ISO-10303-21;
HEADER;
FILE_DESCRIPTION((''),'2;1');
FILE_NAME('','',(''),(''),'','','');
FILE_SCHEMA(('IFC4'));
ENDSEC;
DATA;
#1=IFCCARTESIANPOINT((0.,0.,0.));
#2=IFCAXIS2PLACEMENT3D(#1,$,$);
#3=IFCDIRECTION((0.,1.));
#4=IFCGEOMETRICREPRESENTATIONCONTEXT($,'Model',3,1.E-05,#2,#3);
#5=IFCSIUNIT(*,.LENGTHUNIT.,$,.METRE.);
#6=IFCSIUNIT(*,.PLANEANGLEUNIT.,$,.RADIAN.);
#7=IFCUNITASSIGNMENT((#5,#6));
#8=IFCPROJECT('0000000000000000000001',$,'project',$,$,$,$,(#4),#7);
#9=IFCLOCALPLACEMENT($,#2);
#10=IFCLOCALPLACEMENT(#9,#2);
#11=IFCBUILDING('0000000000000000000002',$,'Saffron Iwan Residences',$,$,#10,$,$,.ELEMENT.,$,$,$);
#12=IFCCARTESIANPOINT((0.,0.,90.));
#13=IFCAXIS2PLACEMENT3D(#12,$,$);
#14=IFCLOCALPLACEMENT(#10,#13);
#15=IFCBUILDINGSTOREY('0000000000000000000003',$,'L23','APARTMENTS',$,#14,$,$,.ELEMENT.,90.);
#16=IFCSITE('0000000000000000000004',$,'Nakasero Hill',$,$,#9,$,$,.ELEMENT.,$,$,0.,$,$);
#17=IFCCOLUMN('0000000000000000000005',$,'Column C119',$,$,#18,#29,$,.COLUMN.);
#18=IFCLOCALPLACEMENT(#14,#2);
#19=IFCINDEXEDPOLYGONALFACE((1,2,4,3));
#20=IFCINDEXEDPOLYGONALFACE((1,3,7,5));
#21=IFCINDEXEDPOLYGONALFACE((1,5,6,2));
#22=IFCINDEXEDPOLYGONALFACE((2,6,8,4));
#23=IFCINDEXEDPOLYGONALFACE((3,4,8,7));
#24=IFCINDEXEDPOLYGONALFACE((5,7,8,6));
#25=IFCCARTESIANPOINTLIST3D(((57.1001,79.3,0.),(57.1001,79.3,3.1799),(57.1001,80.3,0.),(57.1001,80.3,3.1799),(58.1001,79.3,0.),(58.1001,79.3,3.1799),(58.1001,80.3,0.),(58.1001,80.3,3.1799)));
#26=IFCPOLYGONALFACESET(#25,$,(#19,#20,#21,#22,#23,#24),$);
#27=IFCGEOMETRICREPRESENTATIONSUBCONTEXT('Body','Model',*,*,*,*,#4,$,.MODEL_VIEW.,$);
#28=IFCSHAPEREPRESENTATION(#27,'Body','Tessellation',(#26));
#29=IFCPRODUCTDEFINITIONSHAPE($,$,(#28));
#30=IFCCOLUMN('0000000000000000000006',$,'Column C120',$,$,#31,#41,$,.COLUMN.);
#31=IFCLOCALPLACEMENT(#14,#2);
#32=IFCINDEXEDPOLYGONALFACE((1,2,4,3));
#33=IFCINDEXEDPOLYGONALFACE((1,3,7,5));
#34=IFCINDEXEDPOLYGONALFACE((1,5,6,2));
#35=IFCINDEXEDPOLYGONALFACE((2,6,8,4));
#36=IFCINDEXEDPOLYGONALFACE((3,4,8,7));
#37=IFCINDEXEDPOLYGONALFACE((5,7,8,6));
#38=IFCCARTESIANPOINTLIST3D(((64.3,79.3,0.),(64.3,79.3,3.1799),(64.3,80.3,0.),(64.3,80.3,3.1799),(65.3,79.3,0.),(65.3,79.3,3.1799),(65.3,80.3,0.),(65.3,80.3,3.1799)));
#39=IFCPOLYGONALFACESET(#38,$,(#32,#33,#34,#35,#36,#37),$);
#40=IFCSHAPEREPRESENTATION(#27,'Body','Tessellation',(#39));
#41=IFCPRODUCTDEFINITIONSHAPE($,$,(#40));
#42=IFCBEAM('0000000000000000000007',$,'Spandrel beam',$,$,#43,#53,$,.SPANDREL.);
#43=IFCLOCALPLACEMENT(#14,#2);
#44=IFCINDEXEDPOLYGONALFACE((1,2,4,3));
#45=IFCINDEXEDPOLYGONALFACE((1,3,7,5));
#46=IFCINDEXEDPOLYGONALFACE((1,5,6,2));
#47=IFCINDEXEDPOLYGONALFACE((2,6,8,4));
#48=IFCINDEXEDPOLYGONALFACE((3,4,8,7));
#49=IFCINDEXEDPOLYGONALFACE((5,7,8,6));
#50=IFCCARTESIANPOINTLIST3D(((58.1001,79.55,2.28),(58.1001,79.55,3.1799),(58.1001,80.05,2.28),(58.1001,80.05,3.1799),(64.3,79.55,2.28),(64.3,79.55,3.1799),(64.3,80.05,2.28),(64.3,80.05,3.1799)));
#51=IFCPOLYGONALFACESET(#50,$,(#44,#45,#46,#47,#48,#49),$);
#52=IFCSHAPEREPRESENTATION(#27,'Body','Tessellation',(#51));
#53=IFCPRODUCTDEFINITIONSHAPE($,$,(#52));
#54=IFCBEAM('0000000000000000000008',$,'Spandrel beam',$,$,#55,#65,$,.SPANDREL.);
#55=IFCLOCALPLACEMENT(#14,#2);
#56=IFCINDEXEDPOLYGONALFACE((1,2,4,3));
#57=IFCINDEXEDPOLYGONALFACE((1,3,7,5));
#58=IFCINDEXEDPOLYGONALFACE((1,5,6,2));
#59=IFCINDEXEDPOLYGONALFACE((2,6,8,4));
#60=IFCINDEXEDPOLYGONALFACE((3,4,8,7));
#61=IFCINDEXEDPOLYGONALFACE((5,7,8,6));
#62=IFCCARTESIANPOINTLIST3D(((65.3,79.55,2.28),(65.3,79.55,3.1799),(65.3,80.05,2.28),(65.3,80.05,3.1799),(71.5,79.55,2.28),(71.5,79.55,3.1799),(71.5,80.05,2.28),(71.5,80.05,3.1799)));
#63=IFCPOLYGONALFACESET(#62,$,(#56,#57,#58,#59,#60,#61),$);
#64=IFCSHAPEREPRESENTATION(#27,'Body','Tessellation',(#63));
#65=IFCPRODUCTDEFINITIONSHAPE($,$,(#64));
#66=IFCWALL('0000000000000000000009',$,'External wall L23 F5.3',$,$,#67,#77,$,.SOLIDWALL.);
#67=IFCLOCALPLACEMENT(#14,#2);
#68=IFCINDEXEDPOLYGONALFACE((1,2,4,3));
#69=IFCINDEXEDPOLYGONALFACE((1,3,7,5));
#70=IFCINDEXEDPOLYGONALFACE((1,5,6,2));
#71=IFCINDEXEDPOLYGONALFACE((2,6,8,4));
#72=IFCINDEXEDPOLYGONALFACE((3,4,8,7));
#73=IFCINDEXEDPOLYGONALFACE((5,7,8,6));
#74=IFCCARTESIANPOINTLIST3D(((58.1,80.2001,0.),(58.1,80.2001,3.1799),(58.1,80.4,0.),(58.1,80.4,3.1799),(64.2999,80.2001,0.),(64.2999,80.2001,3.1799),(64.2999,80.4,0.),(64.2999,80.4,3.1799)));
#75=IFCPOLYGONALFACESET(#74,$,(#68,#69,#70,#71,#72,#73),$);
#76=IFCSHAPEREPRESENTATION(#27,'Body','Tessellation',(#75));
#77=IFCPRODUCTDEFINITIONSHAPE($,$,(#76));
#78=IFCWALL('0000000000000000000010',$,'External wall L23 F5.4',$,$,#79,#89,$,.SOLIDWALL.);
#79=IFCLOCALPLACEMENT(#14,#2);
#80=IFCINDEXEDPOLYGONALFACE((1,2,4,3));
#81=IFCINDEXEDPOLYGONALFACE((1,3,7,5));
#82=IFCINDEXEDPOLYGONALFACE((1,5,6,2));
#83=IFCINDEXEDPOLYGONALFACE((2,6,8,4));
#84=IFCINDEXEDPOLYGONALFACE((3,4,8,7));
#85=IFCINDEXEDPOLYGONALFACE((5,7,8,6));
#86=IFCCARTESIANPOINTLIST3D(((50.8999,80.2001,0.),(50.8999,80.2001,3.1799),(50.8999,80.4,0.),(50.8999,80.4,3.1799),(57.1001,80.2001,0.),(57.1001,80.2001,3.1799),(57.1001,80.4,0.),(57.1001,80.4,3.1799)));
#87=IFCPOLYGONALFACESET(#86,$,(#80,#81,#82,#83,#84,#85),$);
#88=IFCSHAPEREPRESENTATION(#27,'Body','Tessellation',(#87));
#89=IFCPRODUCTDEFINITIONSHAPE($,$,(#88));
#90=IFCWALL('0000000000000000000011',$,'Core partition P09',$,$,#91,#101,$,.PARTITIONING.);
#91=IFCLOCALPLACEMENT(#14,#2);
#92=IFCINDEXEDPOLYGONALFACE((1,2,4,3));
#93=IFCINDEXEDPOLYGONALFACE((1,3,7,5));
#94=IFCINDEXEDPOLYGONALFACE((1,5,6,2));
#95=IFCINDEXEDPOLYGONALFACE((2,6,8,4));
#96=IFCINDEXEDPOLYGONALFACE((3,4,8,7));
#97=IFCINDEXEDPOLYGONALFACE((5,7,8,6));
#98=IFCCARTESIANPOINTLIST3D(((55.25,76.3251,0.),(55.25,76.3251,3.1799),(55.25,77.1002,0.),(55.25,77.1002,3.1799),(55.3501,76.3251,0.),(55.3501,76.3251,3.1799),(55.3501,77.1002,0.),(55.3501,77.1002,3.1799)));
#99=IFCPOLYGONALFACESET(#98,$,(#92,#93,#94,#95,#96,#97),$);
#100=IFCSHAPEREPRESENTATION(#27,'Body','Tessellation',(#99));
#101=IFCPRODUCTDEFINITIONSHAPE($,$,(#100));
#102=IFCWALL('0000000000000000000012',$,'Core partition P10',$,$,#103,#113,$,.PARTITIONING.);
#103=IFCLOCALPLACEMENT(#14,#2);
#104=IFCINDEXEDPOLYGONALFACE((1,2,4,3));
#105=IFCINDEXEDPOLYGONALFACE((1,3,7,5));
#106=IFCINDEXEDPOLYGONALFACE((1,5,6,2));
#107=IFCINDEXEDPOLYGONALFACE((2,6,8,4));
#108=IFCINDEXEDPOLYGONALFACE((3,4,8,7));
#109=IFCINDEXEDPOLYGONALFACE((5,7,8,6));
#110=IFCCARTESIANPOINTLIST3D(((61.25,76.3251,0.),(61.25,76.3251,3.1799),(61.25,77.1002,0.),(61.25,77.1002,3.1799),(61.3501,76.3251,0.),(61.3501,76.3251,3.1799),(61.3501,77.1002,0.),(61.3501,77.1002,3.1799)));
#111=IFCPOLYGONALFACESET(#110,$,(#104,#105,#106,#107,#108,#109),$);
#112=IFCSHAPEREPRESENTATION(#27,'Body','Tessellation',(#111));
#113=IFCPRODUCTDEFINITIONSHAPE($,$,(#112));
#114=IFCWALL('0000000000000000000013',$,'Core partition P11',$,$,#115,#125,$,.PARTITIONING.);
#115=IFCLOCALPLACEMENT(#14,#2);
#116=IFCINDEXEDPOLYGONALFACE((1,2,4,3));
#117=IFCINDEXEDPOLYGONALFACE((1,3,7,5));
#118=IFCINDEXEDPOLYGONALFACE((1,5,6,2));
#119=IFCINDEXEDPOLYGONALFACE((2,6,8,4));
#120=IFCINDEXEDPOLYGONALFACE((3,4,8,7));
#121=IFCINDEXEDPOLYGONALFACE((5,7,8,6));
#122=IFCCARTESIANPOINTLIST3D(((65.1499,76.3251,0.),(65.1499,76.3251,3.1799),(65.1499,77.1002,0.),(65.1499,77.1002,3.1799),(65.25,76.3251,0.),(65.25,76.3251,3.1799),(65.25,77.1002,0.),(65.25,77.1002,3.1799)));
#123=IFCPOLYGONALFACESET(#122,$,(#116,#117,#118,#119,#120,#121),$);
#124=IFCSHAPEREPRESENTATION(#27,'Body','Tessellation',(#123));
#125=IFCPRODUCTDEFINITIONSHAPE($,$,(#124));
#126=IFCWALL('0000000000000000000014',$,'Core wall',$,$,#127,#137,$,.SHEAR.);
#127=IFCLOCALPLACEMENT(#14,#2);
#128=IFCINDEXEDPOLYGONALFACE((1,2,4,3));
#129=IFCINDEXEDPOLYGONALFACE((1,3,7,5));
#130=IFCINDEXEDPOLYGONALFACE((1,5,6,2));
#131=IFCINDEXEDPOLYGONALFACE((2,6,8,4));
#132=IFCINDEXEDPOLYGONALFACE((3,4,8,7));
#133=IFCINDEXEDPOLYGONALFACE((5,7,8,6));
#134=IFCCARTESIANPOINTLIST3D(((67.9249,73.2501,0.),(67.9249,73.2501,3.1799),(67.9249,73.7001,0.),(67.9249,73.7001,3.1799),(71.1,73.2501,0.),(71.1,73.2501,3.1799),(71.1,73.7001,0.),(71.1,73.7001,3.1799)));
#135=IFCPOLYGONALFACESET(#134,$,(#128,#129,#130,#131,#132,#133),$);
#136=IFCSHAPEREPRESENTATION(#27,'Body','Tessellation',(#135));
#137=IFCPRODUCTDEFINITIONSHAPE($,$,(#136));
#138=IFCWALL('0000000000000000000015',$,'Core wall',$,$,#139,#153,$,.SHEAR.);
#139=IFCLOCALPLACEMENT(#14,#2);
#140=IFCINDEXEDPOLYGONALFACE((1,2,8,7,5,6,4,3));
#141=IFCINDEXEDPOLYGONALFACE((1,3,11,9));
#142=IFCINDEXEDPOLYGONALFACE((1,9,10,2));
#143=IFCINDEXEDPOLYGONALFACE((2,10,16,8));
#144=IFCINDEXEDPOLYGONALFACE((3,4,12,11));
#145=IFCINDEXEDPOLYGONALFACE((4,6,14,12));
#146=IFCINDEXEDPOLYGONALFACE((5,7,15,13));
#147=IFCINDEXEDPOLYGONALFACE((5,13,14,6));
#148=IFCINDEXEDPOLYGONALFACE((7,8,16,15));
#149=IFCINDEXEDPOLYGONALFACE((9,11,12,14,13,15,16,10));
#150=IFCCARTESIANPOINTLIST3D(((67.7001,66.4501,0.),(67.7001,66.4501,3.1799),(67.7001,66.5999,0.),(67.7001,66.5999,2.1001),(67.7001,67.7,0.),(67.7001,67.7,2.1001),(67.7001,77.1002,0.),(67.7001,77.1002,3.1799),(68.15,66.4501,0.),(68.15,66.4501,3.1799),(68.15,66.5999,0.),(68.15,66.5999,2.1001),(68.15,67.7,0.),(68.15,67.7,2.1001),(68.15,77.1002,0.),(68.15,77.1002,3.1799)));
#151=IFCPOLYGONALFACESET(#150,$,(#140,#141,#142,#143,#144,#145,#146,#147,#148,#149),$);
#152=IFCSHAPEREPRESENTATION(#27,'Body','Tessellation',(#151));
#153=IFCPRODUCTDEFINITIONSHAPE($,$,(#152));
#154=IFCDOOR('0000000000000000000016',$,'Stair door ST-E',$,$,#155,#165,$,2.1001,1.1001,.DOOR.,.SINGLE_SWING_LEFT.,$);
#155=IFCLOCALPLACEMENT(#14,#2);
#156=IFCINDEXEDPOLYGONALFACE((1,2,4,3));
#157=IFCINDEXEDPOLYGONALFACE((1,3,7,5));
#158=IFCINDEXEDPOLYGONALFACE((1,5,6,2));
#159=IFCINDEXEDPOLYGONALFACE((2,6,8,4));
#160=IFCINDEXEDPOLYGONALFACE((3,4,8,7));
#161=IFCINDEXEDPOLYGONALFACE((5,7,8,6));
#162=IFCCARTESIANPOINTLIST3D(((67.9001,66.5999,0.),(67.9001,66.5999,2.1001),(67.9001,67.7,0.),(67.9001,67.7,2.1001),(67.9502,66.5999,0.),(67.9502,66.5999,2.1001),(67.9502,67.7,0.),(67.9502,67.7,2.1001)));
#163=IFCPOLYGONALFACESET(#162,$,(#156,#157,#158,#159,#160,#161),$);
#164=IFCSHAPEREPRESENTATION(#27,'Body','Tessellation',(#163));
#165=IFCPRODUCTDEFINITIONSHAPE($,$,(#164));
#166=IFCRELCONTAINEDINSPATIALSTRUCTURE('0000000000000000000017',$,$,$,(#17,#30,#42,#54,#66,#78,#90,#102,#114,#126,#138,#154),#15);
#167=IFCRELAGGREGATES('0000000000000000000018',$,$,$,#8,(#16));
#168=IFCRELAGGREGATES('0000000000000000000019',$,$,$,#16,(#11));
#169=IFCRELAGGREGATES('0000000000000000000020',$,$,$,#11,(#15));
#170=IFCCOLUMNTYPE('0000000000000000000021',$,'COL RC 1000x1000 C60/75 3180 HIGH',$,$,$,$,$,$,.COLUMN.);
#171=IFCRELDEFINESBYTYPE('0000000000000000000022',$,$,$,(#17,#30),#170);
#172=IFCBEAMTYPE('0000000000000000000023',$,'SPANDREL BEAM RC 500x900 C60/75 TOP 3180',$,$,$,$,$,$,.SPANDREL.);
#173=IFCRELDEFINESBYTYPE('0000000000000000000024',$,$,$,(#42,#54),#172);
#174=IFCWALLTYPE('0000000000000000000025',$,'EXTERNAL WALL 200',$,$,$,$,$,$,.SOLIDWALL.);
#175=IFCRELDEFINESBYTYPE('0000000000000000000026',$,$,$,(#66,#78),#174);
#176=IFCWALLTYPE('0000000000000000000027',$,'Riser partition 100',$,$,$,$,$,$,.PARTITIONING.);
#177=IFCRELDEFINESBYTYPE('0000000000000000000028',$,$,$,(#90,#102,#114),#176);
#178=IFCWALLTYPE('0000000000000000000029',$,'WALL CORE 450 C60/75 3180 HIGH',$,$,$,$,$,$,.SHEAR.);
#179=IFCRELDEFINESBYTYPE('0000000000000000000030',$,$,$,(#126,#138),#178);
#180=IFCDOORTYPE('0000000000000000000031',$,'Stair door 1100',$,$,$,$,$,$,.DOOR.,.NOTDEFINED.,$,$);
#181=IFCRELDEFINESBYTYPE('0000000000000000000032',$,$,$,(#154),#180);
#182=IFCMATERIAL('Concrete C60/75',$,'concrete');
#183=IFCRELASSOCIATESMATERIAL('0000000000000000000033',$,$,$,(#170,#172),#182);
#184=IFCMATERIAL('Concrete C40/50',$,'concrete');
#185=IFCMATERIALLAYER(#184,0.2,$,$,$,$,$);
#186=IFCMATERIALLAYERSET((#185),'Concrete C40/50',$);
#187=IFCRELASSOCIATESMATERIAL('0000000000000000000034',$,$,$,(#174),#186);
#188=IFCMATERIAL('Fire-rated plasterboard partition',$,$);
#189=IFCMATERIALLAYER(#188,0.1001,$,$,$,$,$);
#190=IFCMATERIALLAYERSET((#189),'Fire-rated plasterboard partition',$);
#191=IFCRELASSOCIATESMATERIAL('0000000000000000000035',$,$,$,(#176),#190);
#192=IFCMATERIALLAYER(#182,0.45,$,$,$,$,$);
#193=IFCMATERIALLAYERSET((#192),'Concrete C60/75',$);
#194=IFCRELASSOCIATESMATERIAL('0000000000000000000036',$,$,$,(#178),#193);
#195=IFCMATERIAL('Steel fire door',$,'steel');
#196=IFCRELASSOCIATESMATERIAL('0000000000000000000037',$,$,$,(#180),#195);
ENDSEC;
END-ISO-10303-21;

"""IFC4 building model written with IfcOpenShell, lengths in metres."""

from ifc_helpers import new_model, si_unit, direction, frame, frame_2d, origin, origin_2d, place, context, subcontext, project, spatial, rectangle, extrude, source, transform, mapped, material, layer, layer_set, material_profile, profile_set, type_object, element, fill, save


model = new_model("IFC4")

# Units and contexts
model_context = context("Model", 3, precision=1e-05, world=origin(), true_north=direction((0.0, 1.0)))
body_context = subcontext(model_context, "Body", "Model", "MODEL_VIEW")
ifc_project = project(units=[si_unit("LENGTHUNIT", "METRE"), si_unit("PLANEANGLEUNIT", "RADIAN")], contexts=[model_context])

# Site, building, storey
site_placement = place(None, origin())
site = spatial("IfcSite", under=ifc_project, at=site_placement, Name="Nakasero Hill", CompositionType="ELEMENT", RefElevation=0.0)
building_placement = place(site_placement, origin())
building = spatial("IfcBuilding", under=site, at=building_placement, Name="Saffron Iwan Residences", CompositionType="ELEMENT")
storey_placement = place(building_placement, frame((0.0, 0.0, 90.0)))
storey = spatial("IfcBuildingStorey", under=building, at=storey_placement, Name="L23", Description="APARTMENTS", CompositionType="ELEMENT", Elevation=90.0)

# Columns
ifc_material_1 = material(Name="Concrete C60/75", Category="concrete")
ifc_material_profile_1 = material_profile(ifc_material_1, rectangle(XDim=1.0, YDim=1.0, at=origin_2d()), Name="RC 1000x1000")
ifc_profile_set_1 = profile_set([ifc_material_profile_1], Name="Concrete C60/75")
column_type = type_object("IfcColumnType", Name="COL RC 1000x1000 C60/75 3180 HIGH", PredefinedType="COLUMN", material=ifc_profile_set_1)
shared_shape_1 = source(origin(), body_context, "Body", "SweptSolid", [
    extrude(rectangle(XDim=1.0, YDim=1.0, at=origin_2d()), origin(), (0.0, 0.0, 1.0), 3.1799),
])
for number, where, z_axis, x_axis, name in (
    (1, (57.6001, 79.8, 0.0), (0.0, 0.0, 1.0), (1.0, 0.0, 0.0), "Column C119"),
    (2, (64.8, 79.8, 0.0), (0.0, 0.0, 1.0), (1.0, 0.0, 0.0), "Column C120"),
):
    element("IfcColumn", number, at=place(storey_placement, frame(where, z_axis=z_axis, x_axis=x_axis)), inside=storey, type_object=column_type, Name=name, PredefinedType="COLUMN", context=body_context, shape_type="MappedRepresentation", body=[
        mapped(shared_shape_1, transform((0.0, 0.0, 0.0))),
    ])

# Beams
ifc_material_profile_2 = material_profile(ifc_material_1, rectangle(XDim=0.5, YDim=0.8999, at=origin_2d()), Name="RC 500x900")
ifc_profile_set_2 = profile_set([ifc_material_profile_2], Name="Concrete C60/75")
beam_type = type_object("IfcBeamType", Name="SPANDREL BEAM RC 500x900 C60/75 TOP 3180", PredefinedType="SPANDREL", material=ifc_profile_set_2)
shared_shape_2 = source(origin(), body_context, "Body", "SweptSolid", [
    extrude(rectangle(XDim=0.5, YDim=0.8999, at=origin_2d()), origin(), (0.0, 0.0, 1.0), 6.2),
])
for number, where, z_axis, x_axis, name in (
    (3, (58.1001, 79.8, 2.73), (1.0, 0.0, 0.0), (0.0, 1.0, 0.0), "Spandrel beam"),
    (4, (65.3, 79.8, 2.73), (1.0, 0.0, 0.0), (0.0, 1.0, 0.0), "Spandrel beam"),
):
    element("IfcBeam", number, at=place(storey_placement, frame(where, z_axis=z_axis, x_axis=x_axis)), inside=storey, type_object=beam_type, Name=name, PredefinedType="SPANDREL", context=body_context, shape_type="MappedRepresentation", body=[
        mapped(shared_shape_2, transform((0.0, 0.0, 0.0))),
    ])

# Walls
ifc_material_2 = material(Name="Concrete C40/50", Category="concrete")
ifc_layer_1 = layer(ifc_material_2, 0.2)
ifc_layer_set_1 = layer_set([ifc_layer_1], Name="Concrete C40/50")
wall_type_1 = type_object("IfcWallType", Name="EXTERNAL WALL 200", PredefinedType="SOLIDWALL", material=ifc_layer_set_1)
wall_1_placement = place(storey_placement, frame((64.3, 80.3, 0.0), z_axis=(0.0, 0.0, 1.0), x_axis=(-1.0, 0.0, 0.0)))
element("IfcWall", 5, at=wall_1_placement, inside=storey, type_object=wall_type_1, Name="External wall L23 F5.3", PredefinedType="SOLIDWALL", context=body_context, shape_type="SweptSolid", body=[
    extrude(rectangle(XDim=6.2, YDim=0.2, at=frame_2d((3.1001, 0.0))), origin(), (0.0, 0.0, 1.0), 3.1799),
])
wall_2_placement = place(storey_placement, frame((57.1001, 80.3, 0.0), z_axis=(0.0, 0.0, 1.0), x_axis=(-1.0, 0.0, 0.0)))
element("IfcWall", 6, at=wall_2_placement, inside=storey, type_object=wall_type_1, Name="External wall L23 F5.4", PredefinedType="SOLIDWALL", context=body_context, shape_type="SweptSolid", body=[
    extrude(rectangle(XDim=6.2002, YDim=0.2, at=frame_2d((3.1001, 0.0))), origin(), (0.0, 0.0, 1.0), 3.1799),
])
ifc_material_3 = material(Name="Fire-rated plasterboard partition")
ifc_layer_2 = layer(ifc_material_3, 0.1001)
ifc_layer_set_2 = layer_set([ifc_layer_2], Name="Fire-rated plasterboard partition")
wall_type_2 = type_object("IfcWallType", Name="Riser partition 100", PredefinedType="PARTITIONING", material=ifc_layer_set_2)
for number, where, z_axis, x_axis, name in (
    (7, (55.3, 76.325, 0.0), (0.0, 0.0, 1.0), (0.0, 1.0, 0.0), "Core partition P09"),
    (8, (61.3, 76.325, 0.0), (0.0, 0.0, 1.0), (0.0, 1.0, 0.0), "Core partition P10"),
    (9, (65.2, 76.325, 0.0), (0.0, 0.0, 1.0), (0.0, 1.0, 0.0), "Core partition P11"),
):
    element("IfcWall", number, at=place(storey_placement, frame(where, z_axis=z_axis, x_axis=x_axis)), inside=storey, type_object=wall_type_2, Name=name, PredefinedType="PARTITIONING", context=body_context, shape_type="SweptSolid", body=[
        extrude(rectangle(XDim=0.7751, YDim=0.1001, at=frame_2d((0.3877, 0.0))), origin(), (0.0, 0.0, 1.0), 3.1799),
    ])
ifc_layer_3 = layer(ifc_material_1, 0.45)
ifc_layer_set_3 = layer_set([ifc_layer_3], Name="Concrete C60/75")
wall_type_3 = type_object("IfcWallType", Name="WALL CORE 450 C60/75 3180 HIGH", PredefinedType="SHEAR", material=ifc_layer_set_3)
wall_3_placement = place(storey_placement, frame((67.925, 73.4751, 0.0), z_axis=(0.0, 0.0, 1.0), x_axis=(1.0, 0.0, 0.0)))
element("IfcWall", 10, at=wall_3_placement, inside=storey, type_object=wall_type_3, Name="Core wall", PredefinedType="SHEAR", context=body_context, shape_type="SweptSolid", body=[
    extrude(rectangle(XDim=3.175, YDim=0.45, at=frame_2d((1.5874, 0.0))), origin(), (0.0, 0.0, 1.0), 3.1799),
])

# Wall, opening, door
wall_4_placement = place(storey_placement, frame((67.925, 66.45, 0.0), z_axis=(0.0, 0.0, 1.0), x_axis=(0.0, 1.0, 0.0)))
wall_4 = element("IfcWall", 11, at=wall_4_placement, inside=storey, type_object=wall_type_3, Name="Core wall", PredefinedType="SHEAR", context=body_context, shape_type="SweptSolid", body=[
    extrude(rectangle(XDim=10.6501, YDim=0.45, at=frame_2d((5.3252, 0.0))), origin(), (0.0, 0.0, 1.0), 3.1799),
])
opening_1_placement = place(wall_4_placement, frame((0.1499, 0.0, 0.0)))
opening_1 = element("IfcOpeningElement", 12, at=opening_1_placement, cuts=wall_4, PredefinedType="OPENING", context=body_context, shape_type="SweptSolid", body=[
    extrude(rectangle(XDim=1.1001, YDim=2.1001, at=frame_2d((0.55, 1.05))), frame((0.0, 0.2349, 0.0), z_axis=(0.0, -1.0, 0.0), x_axis=(1.0, 0.0, 0.0)), (0.0, 0.0, 1.0), 0.47),
])
ifc_material_4 = material(Name="Steel fire door", Category="steel")
door_type_1 = type_object("IfcDoorType", Name="Stair door 1100", OperationType="NOTDEFINED", PredefinedType="DOOR", material=ifc_material_4)
door_1_placement = place(opening_1_placement, origin())
door_1 = element("IfcDoor", 13, at=door_1_placement, inside=storey, type_object=door_type_1, Name="Stair door ST-E", OperationType="SINGLE_SWING_LEFT", OverallHeight=2.1001, OverallWidth=1.1001, PredefinedType="DOOR", context=body_context, shape_type="SweptSolid", body=[
    extrude(rectangle(XDim=1.1001, YDim=2.1001, at=frame_2d((0.55, 1.05))), frame((0.0, 0.0249, 0.0), z_axis=(0.0, -1.0, 0.0), x_axis=(1.0, 0.0, 0.0)), (0.0, 0.0, 1.0), 0.05),
])
fill(opening_1, door_1)

save(model, "model.ifc")
